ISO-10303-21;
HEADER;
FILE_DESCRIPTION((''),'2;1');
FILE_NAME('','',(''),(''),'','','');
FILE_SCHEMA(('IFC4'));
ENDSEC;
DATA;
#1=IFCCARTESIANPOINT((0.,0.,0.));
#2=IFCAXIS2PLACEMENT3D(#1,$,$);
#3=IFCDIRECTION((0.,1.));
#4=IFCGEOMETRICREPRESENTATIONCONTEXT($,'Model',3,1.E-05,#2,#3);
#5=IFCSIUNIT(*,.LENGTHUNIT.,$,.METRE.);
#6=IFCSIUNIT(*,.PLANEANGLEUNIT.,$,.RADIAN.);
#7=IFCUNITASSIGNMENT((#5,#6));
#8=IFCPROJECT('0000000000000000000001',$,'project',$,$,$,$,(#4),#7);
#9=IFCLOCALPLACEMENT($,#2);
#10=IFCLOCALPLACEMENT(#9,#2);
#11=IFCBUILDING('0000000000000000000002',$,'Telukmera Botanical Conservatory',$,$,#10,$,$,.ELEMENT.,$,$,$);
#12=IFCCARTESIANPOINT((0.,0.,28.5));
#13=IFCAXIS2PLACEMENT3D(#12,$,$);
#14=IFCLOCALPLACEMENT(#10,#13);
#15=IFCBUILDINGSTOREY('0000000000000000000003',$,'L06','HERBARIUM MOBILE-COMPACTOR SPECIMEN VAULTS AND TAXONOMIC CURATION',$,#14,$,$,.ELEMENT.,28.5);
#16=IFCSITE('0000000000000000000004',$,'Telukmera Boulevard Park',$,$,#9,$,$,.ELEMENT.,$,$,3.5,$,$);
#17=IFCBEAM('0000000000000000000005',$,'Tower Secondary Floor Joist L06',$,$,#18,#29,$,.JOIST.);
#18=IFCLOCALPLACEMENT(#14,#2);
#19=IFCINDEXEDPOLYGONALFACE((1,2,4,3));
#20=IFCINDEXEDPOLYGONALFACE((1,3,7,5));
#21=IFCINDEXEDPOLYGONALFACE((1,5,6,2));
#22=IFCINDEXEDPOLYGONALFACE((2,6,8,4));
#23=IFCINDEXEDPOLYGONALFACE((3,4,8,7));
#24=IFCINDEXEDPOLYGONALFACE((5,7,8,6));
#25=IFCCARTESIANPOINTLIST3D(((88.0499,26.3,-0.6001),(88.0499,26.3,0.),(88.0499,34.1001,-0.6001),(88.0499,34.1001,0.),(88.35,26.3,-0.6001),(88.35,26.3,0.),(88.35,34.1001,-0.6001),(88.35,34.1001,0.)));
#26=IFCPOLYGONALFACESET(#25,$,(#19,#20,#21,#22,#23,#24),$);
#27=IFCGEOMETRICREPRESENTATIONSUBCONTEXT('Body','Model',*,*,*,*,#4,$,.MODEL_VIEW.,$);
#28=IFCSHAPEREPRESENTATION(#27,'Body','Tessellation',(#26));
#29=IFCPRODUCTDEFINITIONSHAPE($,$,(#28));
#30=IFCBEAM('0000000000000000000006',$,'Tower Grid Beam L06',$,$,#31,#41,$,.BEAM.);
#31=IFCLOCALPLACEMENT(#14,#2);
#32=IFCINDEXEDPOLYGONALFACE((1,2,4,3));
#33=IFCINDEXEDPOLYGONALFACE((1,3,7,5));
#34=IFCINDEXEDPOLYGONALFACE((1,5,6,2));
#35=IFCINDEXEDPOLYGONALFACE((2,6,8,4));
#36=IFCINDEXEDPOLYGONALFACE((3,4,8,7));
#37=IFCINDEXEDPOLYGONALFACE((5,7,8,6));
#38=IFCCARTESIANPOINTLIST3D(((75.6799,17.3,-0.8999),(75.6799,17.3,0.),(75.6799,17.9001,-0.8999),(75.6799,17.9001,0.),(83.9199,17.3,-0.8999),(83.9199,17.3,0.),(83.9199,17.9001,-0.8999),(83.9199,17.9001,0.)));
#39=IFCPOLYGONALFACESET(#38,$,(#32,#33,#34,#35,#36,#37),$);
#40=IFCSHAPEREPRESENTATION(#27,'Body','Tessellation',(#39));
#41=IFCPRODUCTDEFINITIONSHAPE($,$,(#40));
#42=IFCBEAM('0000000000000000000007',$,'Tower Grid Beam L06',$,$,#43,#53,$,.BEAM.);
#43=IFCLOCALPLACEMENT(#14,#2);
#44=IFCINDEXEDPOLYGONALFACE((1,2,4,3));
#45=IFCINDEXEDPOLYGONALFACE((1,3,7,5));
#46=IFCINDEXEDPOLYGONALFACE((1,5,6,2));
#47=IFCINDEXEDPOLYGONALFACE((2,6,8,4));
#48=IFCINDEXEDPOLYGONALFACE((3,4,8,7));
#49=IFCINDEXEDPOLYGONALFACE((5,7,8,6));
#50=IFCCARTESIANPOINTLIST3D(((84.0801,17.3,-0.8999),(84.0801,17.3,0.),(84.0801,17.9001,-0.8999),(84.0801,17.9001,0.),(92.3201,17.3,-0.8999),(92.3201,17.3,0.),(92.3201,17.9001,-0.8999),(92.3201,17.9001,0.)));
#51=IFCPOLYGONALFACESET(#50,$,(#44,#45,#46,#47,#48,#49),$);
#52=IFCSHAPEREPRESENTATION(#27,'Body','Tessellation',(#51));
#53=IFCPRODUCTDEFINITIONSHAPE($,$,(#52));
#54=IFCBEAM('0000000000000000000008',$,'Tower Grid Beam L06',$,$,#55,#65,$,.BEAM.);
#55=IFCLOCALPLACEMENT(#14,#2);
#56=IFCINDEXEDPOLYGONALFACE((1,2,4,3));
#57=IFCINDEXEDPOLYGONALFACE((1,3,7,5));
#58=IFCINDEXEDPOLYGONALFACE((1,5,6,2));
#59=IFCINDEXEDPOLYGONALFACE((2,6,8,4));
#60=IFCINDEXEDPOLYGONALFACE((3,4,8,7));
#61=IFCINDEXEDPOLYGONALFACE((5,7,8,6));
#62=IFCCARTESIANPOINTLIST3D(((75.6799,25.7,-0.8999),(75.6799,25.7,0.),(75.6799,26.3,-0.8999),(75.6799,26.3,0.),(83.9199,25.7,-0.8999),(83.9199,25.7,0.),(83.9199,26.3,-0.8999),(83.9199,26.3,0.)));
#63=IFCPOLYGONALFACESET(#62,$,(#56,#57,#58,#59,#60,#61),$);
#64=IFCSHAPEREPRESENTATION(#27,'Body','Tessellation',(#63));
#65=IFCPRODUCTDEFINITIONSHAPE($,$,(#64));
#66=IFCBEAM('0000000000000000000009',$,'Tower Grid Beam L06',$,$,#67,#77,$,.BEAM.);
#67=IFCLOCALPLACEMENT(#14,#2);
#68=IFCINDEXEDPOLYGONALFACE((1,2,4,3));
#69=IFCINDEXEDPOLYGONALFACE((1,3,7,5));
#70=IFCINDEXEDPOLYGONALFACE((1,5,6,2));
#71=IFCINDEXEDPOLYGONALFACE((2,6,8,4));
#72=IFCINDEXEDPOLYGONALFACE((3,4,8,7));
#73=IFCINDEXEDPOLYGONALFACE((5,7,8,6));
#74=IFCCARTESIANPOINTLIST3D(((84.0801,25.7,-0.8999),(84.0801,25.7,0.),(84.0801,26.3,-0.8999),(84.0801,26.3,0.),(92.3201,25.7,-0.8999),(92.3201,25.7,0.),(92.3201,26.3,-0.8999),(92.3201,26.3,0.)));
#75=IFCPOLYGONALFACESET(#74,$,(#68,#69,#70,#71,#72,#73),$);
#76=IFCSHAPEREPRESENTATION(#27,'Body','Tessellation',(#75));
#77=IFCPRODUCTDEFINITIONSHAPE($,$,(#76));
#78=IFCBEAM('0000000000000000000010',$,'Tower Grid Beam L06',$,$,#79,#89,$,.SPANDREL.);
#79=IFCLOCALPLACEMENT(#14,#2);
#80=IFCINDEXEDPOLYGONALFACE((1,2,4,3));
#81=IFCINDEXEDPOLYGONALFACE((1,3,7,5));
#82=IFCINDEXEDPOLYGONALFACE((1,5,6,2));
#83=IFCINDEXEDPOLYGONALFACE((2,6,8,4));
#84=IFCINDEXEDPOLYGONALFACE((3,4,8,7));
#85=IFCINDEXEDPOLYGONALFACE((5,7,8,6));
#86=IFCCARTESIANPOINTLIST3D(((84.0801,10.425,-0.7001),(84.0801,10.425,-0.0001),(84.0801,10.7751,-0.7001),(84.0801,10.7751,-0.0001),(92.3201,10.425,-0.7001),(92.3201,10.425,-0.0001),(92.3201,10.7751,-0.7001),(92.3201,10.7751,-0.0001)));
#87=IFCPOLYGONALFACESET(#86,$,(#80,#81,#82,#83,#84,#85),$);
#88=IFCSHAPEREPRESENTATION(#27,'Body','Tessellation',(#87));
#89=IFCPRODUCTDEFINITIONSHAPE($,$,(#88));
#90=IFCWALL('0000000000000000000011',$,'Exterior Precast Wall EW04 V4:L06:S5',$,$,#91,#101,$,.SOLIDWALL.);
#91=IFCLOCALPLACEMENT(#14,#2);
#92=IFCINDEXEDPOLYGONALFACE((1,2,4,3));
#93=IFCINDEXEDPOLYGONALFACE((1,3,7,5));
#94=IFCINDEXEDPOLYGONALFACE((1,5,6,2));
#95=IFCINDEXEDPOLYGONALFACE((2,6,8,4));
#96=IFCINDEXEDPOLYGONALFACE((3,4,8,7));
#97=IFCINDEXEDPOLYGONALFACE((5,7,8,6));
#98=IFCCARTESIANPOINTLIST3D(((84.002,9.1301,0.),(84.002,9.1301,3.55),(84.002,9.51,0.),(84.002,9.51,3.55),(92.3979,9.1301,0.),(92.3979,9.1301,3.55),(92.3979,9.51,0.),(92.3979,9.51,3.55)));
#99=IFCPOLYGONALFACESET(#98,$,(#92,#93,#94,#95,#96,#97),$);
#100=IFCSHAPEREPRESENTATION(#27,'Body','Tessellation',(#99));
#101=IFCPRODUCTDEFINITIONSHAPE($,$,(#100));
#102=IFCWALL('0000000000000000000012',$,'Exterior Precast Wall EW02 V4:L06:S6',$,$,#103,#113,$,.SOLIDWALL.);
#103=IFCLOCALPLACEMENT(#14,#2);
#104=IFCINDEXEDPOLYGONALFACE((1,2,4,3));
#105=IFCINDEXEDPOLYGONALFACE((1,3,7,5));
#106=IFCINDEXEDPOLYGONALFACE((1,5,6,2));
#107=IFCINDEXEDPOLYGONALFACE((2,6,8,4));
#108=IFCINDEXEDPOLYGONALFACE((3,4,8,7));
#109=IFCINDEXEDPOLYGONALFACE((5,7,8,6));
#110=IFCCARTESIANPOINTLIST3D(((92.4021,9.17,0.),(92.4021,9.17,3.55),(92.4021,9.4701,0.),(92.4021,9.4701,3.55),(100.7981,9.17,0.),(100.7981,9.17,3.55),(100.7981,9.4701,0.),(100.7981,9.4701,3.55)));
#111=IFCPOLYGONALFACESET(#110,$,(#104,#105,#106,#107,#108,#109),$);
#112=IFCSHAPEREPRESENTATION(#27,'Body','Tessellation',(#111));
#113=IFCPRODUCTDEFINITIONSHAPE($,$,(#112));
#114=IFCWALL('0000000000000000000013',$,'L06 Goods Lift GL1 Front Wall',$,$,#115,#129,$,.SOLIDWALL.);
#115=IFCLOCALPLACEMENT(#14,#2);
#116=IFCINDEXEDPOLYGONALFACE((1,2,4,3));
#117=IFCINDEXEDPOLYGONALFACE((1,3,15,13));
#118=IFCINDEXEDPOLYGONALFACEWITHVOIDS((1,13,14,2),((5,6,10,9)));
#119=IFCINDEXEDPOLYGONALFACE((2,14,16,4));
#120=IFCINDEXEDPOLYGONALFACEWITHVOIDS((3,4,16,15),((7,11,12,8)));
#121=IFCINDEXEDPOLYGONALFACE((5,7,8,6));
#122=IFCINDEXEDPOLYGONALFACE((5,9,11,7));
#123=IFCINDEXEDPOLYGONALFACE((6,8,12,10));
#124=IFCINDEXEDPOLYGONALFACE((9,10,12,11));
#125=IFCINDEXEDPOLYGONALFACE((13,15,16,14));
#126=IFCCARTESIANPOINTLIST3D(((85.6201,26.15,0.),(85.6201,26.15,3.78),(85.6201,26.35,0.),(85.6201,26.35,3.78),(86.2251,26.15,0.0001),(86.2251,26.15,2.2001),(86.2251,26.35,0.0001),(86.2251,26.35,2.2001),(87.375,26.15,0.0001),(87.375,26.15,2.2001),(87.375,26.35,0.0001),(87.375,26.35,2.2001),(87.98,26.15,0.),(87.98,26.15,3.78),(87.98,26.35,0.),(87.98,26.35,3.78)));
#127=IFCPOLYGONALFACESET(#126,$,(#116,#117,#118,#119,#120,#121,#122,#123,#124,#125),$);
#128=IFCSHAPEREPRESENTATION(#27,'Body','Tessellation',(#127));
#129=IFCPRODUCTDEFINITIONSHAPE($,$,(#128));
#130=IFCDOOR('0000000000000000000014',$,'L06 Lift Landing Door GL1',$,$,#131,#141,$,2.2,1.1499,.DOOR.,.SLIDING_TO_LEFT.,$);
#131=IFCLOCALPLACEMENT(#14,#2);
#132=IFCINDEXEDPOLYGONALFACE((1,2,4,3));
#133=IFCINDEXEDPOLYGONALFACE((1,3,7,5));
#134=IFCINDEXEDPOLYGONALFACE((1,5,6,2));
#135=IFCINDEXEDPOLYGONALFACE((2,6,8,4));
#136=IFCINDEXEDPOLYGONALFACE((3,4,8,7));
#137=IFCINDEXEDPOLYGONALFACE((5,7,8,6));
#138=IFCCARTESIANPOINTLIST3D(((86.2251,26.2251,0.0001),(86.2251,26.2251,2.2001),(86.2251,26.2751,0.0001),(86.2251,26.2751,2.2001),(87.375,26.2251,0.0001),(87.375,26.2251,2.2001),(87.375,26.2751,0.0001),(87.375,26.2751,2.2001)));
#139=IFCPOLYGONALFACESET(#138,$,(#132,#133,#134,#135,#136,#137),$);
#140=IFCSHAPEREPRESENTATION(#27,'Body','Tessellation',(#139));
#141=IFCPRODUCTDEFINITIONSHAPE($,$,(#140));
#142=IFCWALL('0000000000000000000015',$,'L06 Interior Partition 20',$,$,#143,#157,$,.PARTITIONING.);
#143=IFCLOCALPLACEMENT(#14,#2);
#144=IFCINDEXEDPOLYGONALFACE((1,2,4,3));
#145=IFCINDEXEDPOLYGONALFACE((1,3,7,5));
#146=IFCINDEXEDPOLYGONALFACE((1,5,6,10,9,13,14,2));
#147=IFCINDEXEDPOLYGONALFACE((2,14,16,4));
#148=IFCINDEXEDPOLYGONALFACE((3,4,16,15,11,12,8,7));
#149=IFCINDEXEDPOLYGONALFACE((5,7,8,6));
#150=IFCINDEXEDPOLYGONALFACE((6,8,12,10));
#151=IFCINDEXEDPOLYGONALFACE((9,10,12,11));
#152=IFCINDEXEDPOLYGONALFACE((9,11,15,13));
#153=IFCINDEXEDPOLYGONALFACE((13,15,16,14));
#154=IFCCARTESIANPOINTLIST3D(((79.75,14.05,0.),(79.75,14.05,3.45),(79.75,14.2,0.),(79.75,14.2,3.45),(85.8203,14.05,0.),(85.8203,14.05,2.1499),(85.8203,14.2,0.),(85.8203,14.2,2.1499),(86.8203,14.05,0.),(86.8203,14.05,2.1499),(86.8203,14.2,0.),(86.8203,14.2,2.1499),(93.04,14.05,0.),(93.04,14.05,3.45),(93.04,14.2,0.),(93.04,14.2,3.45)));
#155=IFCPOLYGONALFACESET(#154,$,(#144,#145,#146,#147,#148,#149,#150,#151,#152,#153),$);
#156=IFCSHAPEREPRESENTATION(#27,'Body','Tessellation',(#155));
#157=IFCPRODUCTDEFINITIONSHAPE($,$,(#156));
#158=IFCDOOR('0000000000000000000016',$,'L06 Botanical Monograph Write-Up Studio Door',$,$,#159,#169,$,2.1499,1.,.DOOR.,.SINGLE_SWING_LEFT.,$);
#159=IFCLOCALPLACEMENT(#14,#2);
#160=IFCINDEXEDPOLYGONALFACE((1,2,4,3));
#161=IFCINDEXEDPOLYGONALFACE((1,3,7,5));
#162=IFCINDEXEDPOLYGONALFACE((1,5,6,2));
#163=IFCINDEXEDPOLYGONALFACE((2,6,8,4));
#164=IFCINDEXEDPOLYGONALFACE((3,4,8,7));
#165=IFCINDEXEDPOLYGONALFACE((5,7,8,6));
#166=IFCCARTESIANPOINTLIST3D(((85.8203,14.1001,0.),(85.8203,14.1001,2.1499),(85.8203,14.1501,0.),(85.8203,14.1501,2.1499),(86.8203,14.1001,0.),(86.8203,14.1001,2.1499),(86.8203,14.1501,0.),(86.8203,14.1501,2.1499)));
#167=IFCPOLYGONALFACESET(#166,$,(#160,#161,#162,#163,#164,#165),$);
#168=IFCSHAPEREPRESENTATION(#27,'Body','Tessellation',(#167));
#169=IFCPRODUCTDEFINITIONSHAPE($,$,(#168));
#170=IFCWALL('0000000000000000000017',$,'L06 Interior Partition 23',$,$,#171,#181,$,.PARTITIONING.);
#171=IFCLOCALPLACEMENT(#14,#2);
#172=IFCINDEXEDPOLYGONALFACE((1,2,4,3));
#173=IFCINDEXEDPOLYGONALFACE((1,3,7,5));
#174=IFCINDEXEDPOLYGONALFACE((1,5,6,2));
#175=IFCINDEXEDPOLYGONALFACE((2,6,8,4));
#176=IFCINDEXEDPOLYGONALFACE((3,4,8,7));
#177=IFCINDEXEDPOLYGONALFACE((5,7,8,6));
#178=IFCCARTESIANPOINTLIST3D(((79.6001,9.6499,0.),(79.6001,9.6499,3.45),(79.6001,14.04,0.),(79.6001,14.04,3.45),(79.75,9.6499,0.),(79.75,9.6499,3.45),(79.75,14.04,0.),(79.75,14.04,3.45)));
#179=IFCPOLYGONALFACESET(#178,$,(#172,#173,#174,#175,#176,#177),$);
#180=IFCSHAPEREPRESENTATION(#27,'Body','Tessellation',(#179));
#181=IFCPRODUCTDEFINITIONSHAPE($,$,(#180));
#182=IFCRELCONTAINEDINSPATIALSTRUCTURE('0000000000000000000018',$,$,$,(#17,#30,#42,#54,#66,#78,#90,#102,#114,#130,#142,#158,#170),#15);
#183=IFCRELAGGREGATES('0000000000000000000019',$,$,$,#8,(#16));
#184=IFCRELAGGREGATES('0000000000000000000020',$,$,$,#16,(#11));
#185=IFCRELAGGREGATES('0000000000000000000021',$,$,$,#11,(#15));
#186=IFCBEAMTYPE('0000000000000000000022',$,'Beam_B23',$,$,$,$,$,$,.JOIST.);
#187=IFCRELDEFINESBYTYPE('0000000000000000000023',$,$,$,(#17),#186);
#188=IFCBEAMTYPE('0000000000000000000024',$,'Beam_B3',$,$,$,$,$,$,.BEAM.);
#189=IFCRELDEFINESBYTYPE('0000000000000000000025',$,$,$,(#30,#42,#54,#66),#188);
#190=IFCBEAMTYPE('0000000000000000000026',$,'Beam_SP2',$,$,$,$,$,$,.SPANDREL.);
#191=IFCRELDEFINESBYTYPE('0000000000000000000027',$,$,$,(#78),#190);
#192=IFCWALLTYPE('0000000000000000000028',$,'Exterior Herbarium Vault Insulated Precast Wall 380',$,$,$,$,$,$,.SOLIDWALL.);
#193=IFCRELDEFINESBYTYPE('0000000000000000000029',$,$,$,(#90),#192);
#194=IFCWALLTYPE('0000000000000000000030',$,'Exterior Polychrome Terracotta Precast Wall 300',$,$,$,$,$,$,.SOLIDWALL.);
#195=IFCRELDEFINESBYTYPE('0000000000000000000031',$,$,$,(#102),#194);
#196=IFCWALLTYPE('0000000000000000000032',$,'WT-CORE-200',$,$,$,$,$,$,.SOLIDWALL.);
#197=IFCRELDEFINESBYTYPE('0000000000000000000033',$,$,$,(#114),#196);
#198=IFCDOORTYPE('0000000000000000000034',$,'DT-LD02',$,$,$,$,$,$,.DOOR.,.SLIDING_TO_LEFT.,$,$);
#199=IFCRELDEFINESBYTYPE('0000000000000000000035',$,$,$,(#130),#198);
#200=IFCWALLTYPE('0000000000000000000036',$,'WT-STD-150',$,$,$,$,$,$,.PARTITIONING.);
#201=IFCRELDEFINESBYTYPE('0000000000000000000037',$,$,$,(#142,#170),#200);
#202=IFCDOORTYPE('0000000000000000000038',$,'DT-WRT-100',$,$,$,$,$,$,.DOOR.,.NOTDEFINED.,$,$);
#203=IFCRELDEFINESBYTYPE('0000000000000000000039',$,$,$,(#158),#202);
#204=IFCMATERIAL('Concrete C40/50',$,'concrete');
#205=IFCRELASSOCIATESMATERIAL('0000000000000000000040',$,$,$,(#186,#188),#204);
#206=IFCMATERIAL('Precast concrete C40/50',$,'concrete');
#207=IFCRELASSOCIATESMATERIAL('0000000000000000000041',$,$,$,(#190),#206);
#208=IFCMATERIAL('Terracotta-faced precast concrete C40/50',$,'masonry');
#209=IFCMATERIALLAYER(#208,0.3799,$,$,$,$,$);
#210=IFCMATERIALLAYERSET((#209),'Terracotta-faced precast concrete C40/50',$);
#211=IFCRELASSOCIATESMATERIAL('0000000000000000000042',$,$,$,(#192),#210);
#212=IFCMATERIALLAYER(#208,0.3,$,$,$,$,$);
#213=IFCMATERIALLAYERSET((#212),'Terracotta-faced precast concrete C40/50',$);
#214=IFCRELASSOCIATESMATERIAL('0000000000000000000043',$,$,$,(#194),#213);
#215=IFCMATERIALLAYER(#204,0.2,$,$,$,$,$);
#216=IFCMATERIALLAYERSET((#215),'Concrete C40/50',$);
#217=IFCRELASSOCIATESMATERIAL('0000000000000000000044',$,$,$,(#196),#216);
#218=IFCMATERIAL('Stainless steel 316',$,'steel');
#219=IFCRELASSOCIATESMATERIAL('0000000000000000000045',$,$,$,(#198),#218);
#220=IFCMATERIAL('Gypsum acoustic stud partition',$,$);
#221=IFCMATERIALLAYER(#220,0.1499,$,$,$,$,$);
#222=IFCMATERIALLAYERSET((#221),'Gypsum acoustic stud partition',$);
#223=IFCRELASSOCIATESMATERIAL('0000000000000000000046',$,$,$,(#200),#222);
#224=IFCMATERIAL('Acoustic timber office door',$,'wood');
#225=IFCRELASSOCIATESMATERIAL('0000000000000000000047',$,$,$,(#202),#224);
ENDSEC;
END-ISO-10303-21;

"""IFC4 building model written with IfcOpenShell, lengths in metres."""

from ifc_helpers import new_model, si_unit, direction, frame, frame_2d, origin, origin_2d, place, context, subcontext, project, spatial, rectangle, extrude, material, layer, layer_set, material_profile, profile_set, type_object, element, fill, save


model = new_model("IFC4")

# Units and contexts
model_context = context("Model", 3, precision=1e-05, world=origin(), true_north=direction((0.0, 1.0)))
body_context = subcontext(model_context, "Body", "Model", "MODEL_VIEW")
ifc_project = project(units=[si_unit("LENGTHUNIT", "METRE"), si_unit("PLANEANGLEUNIT", "RADIAN")], contexts=[model_context])

# Site, building, storey
site_placement = place(None, origin())
site = spatial("IfcSite", under=ifc_project, at=site_placement, Name="Telukmera Boulevard Park", CompositionType="ELEMENT", RefElevation=3.5)
building_placement = place(site_placement, origin())
building = spatial("IfcBuilding", under=site, at=building_placement, Name="Telukmera Botanical Conservatory", CompositionType="ELEMENT")
storey_placement = place(building_placement, frame((0.0, 0.0, 28.5)))
storey = spatial("IfcBuildingStorey", under=building, at=storey_placement, Name="L06", Description="HERBARIUM MOBILE-COMPACTOR SPECIMEN VAULTS AND TAXONOMIC CURATION", CompositionType="ELEMENT", Elevation=28.5)

# Beams
ifc_material_1 = material(Name="Concrete C40/50", Category="concrete")
ifc_material_profile_1 = material_profile(ifc_material_1, rectangle(XDim=0.3, YDim=0.6001, at=origin_2d()), Name="RC 300x600")
ifc_profile_set_1 = profile_set([ifc_material_profile_1], Name="Concrete C40/50")
beam_type_1 = type_object("IfcBeamType", Name="Beam_B23", PredefinedType="JOIST", material=ifc_profile_set_1)
for number, where, z_axis, x_axis, name in (
    (1, (88.2, 26.3, -0.3), (0.0, 1.0, 0.0), (-1.0, 0.0, 0.0), "Tower Secondary Floor Joist L06"),
):
    element("IfcBeam", number, at=place(storey_placement, frame(where, z_axis=z_axis, x_axis=x_axis)), inside=storey, type_object=beam_type_1, Name=name, PredefinedType="JOIST", context=body_context, shape_type="SweptSolid", body=[
        extrude(rectangle(XDim=0.3, YDim=0.6001, at=origin_2d()), origin(), (0.0, 0.0, 1.0), 7.8),
    ])
ifc_material_profile_2 = material_profile(ifc_material_1, rectangle(XDim=0.6001, YDim=0.8999, at=origin_2d()), Name="RC 600x900")
ifc_profile_set_2 = profile_set([ifc_material_profile_2], Name="Concrete C40/50")
beam_type_2 = type_object("IfcBeamType", Name="Beam_B3", PredefinedType="BEAM", material=ifc_profile_set_2)
for number, where, z_axis, x_axis, name in (
    (2, (75.6799, 17.6001, -0.45), (1.0, 0.0, 0.0), (0.0, 1.0, 0.0), "Tower Grid Beam L06"),
    (3, (84.0801, 17.6001, -0.45), (1.0, 0.0, 0.0), (0.0, 1.0, 0.0), "Tower Grid Beam L06"),
    (4, (75.6799, 26.0, -0.45), (1.0, 0.0, 0.0), (0.0, 1.0, 0.0), "Tower Grid Beam L06"),
    (5, (84.0801, 26.0, -0.45), (1.0, 0.0, 0.0), (0.0, 1.0, 0.0), "Tower Grid Beam L06"),
):
    element("IfcBeam", number, at=place(storey_placement, frame(where, z_axis=z_axis, x_axis=x_axis)), inside=storey, type_object=beam_type_2, Name=name, PredefinedType="BEAM", context=body_context, shape_type="SweptSolid", body=[
        extrude(rectangle(XDim=0.6001, YDim=0.8999, at=origin_2d()), origin(), (0.0, 0.0, 1.0), 8.24),
    ])
ifc_material_2 = material(Name="Precast concrete C40/50", Category="concrete")
ifc_material_profile_3 = material_profile(ifc_material_2, rectangle(XDim=0.3501, YDim=0.7, at=origin_2d()), Name="PC 350x700")
ifc_profile_set_3 = profile_set([ifc_material_profile_3], Name="Precast concrete C40/50")
beam_type_3 = type_object("IfcBeamType", Name="Beam_SP2", PredefinedType="SPANDREL", material=ifc_profile_set_3)
beam_1_placement = place(storey_placement, frame((84.0801, 10.6001, -0.3501), z_axis=(1.0, 0.0, 0.0), x_axis=(0.0, 1.0, 0.0)))
element("IfcBeam", 6, at=beam_1_placement, inside=storey, type_object=beam_type_3, Name="Tower Grid Beam L06", PredefinedType="SPANDREL", context=body_context, shape_type="SweptSolid", body=[
    extrude(rectangle(XDim=0.3501, YDim=0.7, at=origin_2d()), origin(), (0.0, 0.0, 1.0), 8.24),
])

# Walls
ifc_material_3 = material(Name="Terracotta-faced precast concrete C40/50", Category="masonry")
ifc_layer_1 = layer(ifc_material_3, 0.3799)
ifc_layer_set_1 = layer_set([ifc_layer_1], Name="Terracotta-faced precast concrete C40/50")
wall_type_1 = type_object("IfcWallType", Name="Exterior Herbarium Vault Insulated Precast Wall 380", PredefinedType="SOLIDWALL", material=ifc_layer_set_1)
wall_1_placement = place(storey_placement, frame((84.002, 9.3201, 0.0), z_axis=(0.0, 0.0, 1.0), x_axis=(1.0, 0.0, 0.0)))
element("IfcWall", 7, at=wall_1_placement, inside=storey, type_object=wall_type_1, Name="Exterior Precast Wall EW04 V4:L06:S5", PredefinedType="SOLIDWALL", context=body_context, shape_type="SweptSolid", body=[
    extrude(rectangle(XDim=8.396, YDim=0.3799, at=frame_2d((4.198, 0.0))), origin(), (0.0, 0.0, 1.0), 3.55),
])
ifc_layer_2 = layer(ifc_material_3, 0.3)
ifc_layer_set_2 = layer_set([ifc_layer_2], Name="Terracotta-faced precast concrete C40/50")
wall_type_2 = type_object("IfcWallType", Name="Exterior Polychrome Terracotta Precast Wall 300", PredefinedType="SOLIDWALL", material=ifc_layer_set_2)
wall_2_placement = place(storey_placement, frame((92.4021, 9.3201, 0.0), z_axis=(0.0, 0.0, 1.0), x_axis=(1.0, 0.0, 0.0)))
element("IfcWall", 8, at=wall_2_placement, inside=storey, type_object=wall_type_2, Name="Exterior Precast Wall EW02 V4:L06:S6", PredefinedType="SOLIDWALL", context=body_context, shape_type="SweptSolid", body=[
    extrude(rectangle(XDim=8.396, YDim=0.3, at=frame_2d((4.198, 0.0))), origin(), (0.0, 0.0, 1.0), 3.55),
])

# Walls, openings, doors
ifc_layer_3 = layer(ifc_material_1, 0.2)
ifc_layer_set_3 = layer_set([ifc_layer_3], Name="Concrete C40/50")
wall_type_3 = type_object("IfcWallType", Name="WT-CORE-200", PredefinedType="SOLIDWALL", material=ifc_layer_set_3)
wall_3_placement = place(storey_placement, frame((85.6201, 26.25, 0.0), z_axis=(0.0, 0.0, 1.0), x_axis=(1.0, 0.0, 0.0)))
wall_3 = element("IfcWall", 9, at=wall_3_placement, inside=storey, type_object=wall_type_3, Name="L06 Goods Lift GL1 Front Wall", PredefinedType="SOLIDWALL", context=body_context, shape_type="SweptSolid", body=[
    extrude(rectangle(XDim=2.3599, YDim=0.2, at=frame_2d((1.1799, 0.0))), origin(), (0.0, 0.0, 1.0), 3.78),
])
opening_1_placement = place(wall_3_placement, frame((0.605, 0.0, 0.0)))
opening_1 = element("IfcOpeningElement", 10, at=opening_1_placement, cuts=wall_3, PredefinedType="OPENING", context=body_context, shape_type="SweptSolid", body=[
    extrude(rectangle(XDim=1.1499, YDim=2.2, at=frame_2d((0.575, 1.1001))), frame((0.0, 0.1099, 0.0), z_axis=(0.0, -1.0, 0.0), x_axis=(1.0, 0.0, 0.0)), (0.0, 0.0, 1.0), 0.22),
])
ifc_material_4 = material(Name="Stainless steel 316", Category="steel")
door_type_1 = type_object("IfcDoorType", Name="DT-LD02", OperationType="SLIDING_TO_LEFT", PredefinedType="DOOR", material=ifc_material_4)
door_1_placement = place(opening_1_placement, frame((1.1499, 0.0, 0.0), z_axis=(0.0, 0.0, 1.0), x_axis=(-1.0, 0.0, 0.0)))
door_1 = element("IfcDoor", 11, at=door_1_placement, inside=storey, type_object=door_type_1, Name="L06 Lift Landing Door GL1", OperationType="SLIDING_TO_LEFT", OverallHeight=2.2, OverallWidth=1.1499, PredefinedType="DOOR", context=body_context, shape_type="SweptSolid", body=[
    extrude(rectangle(XDim=1.1499, YDim=2.2, at=frame_2d((0.575, 1.1001))), frame((0.0, 0.0249, 0.0), z_axis=(0.0, -1.0, 0.0), x_axis=(1.0, 0.0, 0.0)), (0.0, 0.0, 1.0), 0.05),
])
fill(opening_1, door_1)
ifc_material_5 = material(Name="Gypsum acoustic stud partition")
ifc_layer_4 = layer(ifc_material_5, 0.1499)
ifc_layer_set_4 = layer_set([ifc_layer_4], Name="Gypsum acoustic stud partition")
wall_type_4 = type_object("IfcWallType", Name="WT-STD-150", PredefinedType="PARTITIONING", material=ifc_layer_set_4)
wall_4_placement = place(storey_placement, frame((79.75, 14.125, 0.0), z_axis=(0.0, 0.0, 1.0), x_axis=(1.0, 0.0, 0.0)))
wall_4 = element("IfcWall", 12, at=wall_4_placement, inside=storey, type_object=wall_type_4, Name="L06 Interior Partition 20", PredefinedType="PARTITIONING", context=body_context, shape_type="SweptSolid", body=[
    extrude(rectangle(XDim=13.29, YDim=0.1499, at=frame_2d((6.645, 0.0))), origin(), (0.0, 0.0, 1.0), 3.45),
])
opening_2_placement = place(wall_4_placement, frame((6.0703, 0.0, 0.0)))
opening_2 = element("IfcOpeningElement", 13, at=opening_2_placement, cuts=wall_4, PredefinedType="OPENING", context=body_context, shape_type="SweptSolid", body=[
    extrude(rectangle(XDim=1.0, YDim=2.1499, at=frame_2d((0.5, 1.075))), frame((0.0, 0.085, 0.0), z_axis=(0.0, -1.0, 0.0), x_axis=(1.0, 0.0, 0.0)), (0.0, 0.0, 1.0), 0.1699),
])
ifc_material_6 = material(Name="Acoustic timber office door", Category="wood")
door_type_2 = type_object("IfcDoorType", Name="DT-WRT-100", OperationType="NOTDEFINED", PredefinedType="DOOR", material=ifc_material_6)
door_2_placement = place(opening_2_placement, frame((1.0, 0.0, 0.0), z_axis=(0.0, 0.0, 1.0), x_axis=(-1.0, 0.0, 0.0)))
door_2 = element("IfcDoor", 14, at=door_2_placement, inside=storey, type_object=door_type_2, Name="L06 Botanical Monograph Write-Up Studio Door", OperationType="SINGLE_SWING_LEFT", OverallHeight=2.1499, OverallWidth=1.0, PredefinedType="DOOR", context=body_context, shape_type="SweptSolid", body=[
    extrude(rectangle(XDim=1.0, YDim=2.1499, at=frame_2d((0.5, 1.075))), frame((0.0, 0.0249, 0.0), z_axis=(0.0, -1.0, 0.0), x_axis=(1.0, 0.0, 0.0)), (0.0, 0.0, 1.0), 0.05),
])
fill(opening_2, door_2)

# Wall
wall_5_placement = place(storey_placement, frame((79.675, 9.6499, 0.0), z_axis=(0.0, 0.0, 1.0), x_axis=(0.0, 1.0, 0.0)))
element("IfcWall", 15, at=wall_5_placement, inside=storey, type_object=wall_type_4, Name="L06 Interior Partition 23", PredefinedType="PARTITIONING", context=body_context, shape_type="SweptSolid", body=[
    extrude(rectangle(XDim=4.3901, YDim=0.1499, at=frame_2d((2.1951, 0.0))), origin(), (0.0, 0.0, 1.0), 3.45),
])

save(model, "model.ifc")
